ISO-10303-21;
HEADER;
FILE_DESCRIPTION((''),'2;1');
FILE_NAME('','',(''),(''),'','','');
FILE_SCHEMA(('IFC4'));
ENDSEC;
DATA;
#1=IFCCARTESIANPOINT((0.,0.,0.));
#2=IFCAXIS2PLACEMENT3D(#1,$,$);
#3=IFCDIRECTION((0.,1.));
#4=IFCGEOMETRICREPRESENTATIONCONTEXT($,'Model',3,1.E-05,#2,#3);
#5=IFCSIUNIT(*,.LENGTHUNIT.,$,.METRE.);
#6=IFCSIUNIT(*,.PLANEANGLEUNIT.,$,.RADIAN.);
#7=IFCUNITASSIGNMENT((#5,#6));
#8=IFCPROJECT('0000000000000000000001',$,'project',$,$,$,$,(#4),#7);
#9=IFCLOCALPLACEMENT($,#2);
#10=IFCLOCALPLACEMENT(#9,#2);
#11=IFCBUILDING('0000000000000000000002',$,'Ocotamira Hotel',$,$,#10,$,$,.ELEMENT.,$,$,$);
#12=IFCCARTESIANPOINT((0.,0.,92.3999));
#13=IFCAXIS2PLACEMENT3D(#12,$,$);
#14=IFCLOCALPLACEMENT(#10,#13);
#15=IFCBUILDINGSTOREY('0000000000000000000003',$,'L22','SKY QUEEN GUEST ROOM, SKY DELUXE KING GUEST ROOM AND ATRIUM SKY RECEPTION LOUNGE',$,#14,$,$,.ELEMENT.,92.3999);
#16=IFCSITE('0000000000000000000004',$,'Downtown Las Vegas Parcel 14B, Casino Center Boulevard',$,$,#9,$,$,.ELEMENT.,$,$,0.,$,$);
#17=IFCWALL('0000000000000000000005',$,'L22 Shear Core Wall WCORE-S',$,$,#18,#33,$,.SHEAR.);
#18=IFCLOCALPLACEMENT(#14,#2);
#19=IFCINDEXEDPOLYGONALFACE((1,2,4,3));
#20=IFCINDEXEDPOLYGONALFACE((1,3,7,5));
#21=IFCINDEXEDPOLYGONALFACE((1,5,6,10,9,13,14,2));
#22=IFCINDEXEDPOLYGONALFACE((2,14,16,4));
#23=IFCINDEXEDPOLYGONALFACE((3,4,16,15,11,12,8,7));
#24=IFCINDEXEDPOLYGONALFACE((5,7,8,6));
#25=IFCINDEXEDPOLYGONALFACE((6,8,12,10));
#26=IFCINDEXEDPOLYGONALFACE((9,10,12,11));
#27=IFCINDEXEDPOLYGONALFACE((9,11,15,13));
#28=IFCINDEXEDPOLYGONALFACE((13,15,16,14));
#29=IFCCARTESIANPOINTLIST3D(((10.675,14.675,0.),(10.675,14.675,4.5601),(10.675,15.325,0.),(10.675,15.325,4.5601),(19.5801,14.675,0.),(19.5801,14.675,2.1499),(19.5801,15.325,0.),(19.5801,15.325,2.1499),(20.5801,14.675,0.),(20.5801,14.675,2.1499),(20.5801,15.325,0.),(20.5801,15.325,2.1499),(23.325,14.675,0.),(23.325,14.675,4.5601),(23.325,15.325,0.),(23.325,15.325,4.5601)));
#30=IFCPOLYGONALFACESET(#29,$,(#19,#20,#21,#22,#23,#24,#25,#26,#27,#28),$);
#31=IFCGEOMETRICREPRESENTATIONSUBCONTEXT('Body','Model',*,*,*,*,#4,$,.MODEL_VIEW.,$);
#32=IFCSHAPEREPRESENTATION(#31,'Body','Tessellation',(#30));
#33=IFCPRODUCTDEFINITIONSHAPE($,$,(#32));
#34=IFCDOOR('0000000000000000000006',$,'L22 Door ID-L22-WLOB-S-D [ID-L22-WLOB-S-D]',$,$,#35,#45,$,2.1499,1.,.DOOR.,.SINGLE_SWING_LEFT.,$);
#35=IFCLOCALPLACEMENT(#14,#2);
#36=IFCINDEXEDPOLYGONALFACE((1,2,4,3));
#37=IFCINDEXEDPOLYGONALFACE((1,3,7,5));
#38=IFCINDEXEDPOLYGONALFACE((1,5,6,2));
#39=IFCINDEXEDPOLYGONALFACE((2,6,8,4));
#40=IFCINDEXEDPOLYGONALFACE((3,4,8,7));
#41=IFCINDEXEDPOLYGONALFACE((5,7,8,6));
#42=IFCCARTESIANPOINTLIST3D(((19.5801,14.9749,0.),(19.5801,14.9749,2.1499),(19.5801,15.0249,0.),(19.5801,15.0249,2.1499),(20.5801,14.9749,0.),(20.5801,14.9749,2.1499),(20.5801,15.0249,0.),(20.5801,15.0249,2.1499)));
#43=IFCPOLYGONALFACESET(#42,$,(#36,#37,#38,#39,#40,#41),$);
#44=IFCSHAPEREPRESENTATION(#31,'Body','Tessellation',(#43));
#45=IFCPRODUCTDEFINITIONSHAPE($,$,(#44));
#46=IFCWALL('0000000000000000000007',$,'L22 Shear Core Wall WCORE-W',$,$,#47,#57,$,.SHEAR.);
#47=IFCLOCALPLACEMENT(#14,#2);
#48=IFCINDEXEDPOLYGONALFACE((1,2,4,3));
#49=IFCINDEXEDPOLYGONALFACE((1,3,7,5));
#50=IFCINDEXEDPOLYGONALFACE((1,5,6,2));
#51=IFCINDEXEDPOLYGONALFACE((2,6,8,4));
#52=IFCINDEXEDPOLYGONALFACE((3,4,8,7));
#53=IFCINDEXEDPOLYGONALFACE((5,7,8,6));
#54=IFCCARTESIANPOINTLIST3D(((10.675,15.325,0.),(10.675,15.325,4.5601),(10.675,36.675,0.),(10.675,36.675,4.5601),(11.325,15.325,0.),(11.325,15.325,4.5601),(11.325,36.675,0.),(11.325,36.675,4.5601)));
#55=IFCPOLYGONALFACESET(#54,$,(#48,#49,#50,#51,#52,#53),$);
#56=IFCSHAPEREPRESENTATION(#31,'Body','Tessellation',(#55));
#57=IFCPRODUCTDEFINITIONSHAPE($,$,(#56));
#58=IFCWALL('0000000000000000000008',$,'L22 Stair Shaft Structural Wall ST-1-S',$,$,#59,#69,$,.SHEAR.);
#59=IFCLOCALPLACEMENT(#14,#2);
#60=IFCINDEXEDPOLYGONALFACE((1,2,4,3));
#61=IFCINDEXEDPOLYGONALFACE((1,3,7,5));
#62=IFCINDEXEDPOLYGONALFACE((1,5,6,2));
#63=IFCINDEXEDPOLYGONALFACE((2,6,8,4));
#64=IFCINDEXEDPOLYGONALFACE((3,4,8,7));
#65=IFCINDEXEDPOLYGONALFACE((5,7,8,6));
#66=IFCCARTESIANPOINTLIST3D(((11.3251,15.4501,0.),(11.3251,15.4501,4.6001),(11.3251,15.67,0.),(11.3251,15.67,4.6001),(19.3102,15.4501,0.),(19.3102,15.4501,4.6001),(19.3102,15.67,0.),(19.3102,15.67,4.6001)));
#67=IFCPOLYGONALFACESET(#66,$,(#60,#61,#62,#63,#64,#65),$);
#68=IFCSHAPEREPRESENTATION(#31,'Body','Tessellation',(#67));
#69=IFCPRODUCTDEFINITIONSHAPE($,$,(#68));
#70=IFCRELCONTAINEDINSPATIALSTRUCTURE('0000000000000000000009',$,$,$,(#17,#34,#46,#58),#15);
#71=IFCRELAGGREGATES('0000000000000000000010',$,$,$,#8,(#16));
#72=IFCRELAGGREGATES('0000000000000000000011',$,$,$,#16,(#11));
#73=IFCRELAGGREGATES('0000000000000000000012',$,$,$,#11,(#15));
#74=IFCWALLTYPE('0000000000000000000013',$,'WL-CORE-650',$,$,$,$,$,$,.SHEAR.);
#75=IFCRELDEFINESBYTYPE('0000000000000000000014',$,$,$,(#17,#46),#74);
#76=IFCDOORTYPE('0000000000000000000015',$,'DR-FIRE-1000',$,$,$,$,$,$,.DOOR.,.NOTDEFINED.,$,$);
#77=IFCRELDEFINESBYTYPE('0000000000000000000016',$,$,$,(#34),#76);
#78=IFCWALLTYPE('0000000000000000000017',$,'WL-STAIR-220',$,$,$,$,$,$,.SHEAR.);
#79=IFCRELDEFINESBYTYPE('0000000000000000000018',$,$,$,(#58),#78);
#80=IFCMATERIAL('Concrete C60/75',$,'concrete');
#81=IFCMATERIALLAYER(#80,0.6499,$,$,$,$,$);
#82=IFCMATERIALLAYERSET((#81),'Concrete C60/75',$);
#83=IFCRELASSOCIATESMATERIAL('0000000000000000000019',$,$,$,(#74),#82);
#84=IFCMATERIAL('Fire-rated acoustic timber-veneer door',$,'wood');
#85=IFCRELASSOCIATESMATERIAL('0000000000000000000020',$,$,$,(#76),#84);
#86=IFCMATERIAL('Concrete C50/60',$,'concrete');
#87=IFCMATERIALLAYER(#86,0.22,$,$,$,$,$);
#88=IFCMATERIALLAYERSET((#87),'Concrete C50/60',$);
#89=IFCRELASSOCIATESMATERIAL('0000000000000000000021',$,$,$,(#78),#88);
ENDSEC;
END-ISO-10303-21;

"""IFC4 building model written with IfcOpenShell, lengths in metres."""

from ifc_helpers import new_model, si_unit, direction, frame, frame_2d, origin, place, context, subcontext, project, spatial, rectangle, extrude, source, transform, mapped, material, layer, layer_set, type_object, element, fill, save


model = new_model("IFC4")

# Units and contexts
model_context = context("Model", 3, precision=1e-05, world=origin(), true_north=direction((0.0, 1.0)))
body_context = subcontext(model_context, "Body", "Model", "MODEL_VIEW")
ifc_project = project(units=[si_unit("LENGTHUNIT", "METRE"), si_unit("PLANEANGLEUNIT", "RADIAN")], contexts=[model_context])

# Site, building, storey
site_placement = place(None, origin())
site = spatial("IfcSite", under=ifc_project, at=site_placement, Name="Downtown Las Vegas Parcel 14B, Casino Center Boulevard", CompositionType="ELEMENT", RefElevation=0.0)
building_placement = place(site_placement, origin())
building = spatial("IfcBuilding", under=site, at=building_placement, Name="Ocotamira Hotel", CompositionType="ELEMENT")
storey_placement = place(building_placement, frame((0.0, 0.0, 92.3999)))
storey = spatial("IfcBuildingStorey", under=building, at=storey_placement, Name="L22", Description="SKY QUEEN GUEST ROOM, SKY DELUXE KING GUEST ROOM AND ATRIUM SKY RECEPTION LOUNGE", CompositionType="ELEMENT", Elevation=92.3999)

# Wall, opening, door
ifc_material_1 = material(Name="Concrete C60/75", Category="concrete")
ifc_layer_1 = layer(ifc_material_1, 0.6499)
ifc_layer_set_1 = layer_set([ifc_layer_1], Name="Concrete C60/75")
wall_type_1 = type_object("IfcWallType", Name="WL-CORE-650", PredefinedType="SHEAR", material=ifc_layer_set_1)
wall_1_placement = place(storey_placement, frame((10.675, 15.0, 0.0), z_axis=(0.0, 0.0, 1.0), x_axis=(1.0, 0.0, 0.0)))
wall_1 = element("IfcWall", 1, at=wall_1_placement, inside=storey, type_object=wall_type_1, Name="L22 Shear Core Wall WCORE-S", PredefinedType="SHEAR", context=body_context, shape_type="SweptSolid", body=[
    extrude(rectangle(XDim=12.6499, YDim=0.6499, at=frame_2d((6.325, 0.0))), origin(), (0.0, 0.0, 1.0), 4.5601),
])
opening_1_placement = place(wall_1_placement, frame((8.905, 0.0, 0.0)))
opening_1 = element("IfcOpeningElement", 2, at=opening_1_placement, cuts=wall_1, PredefinedType="OPENING", context=body_context, shape_type="SweptSolid", body=[
    extrude(rectangle(XDim=1.0, YDim=2.1499, at=frame_2d((0.5, 1.075))), frame((0.0, 0.335, 0.0), z_axis=(0.0, -1.0, 0.0), x_axis=(1.0, 0.0, 0.0)), (0.0, 0.0, 1.0), 0.6699),
])
ifc_material_2 = material(Name="Fire-rated acoustic timber-veneer door", Category="wood")
door_type_1 = type_object("IfcDoorType", Name="DR-FIRE-1000", OperationType="NOTDEFINED", PredefinedType="DOOR", material=ifc_material_2)
shared_shape_1 = source(origin(), body_context, "Body", "SweptSolid", [
    extrude(rectangle(XDim=1.0, YDim=2.1499, at=frame_2d((0.5, 1.075))), frame((0.0, 0.0249, 0.0), z_axis=(0.0, -1.0, 0.0), x_axis=(1.0, 0.0, 0.0)), (0.0, 0.0, 1.0), 0.05),
])
door_1_placement = place(opening_1_placement, origin())
door_1 = element("IfcDoor", 3, at=door_1_placement, inside=storey, type_object=door_type_1, Name="L22 Door ID-L22-WLOB-S-D [ID-L22-WLOB-S-D]", OperationType="SINGLE_SWING_LEFT", OverallHeight=2.1499, OverallWidth=1.0, PredefinedType="DOOR", context=body_context, shape_type="MappedRepresentation", body=[
    mapped(shared_shape_1, transform((0.0, 0.0, 0.0), scale=1.0)),
])
fill(opening_1, door_1)

# Wall
wall_2_placement = place(storey_placement, frame((11.0, 15.325, 0.0), z_axis=(0.0, 0.0, 1.0), x_axis=(0.0, 1.0, 0.0)))
element("IfcWall", 4, at=wall_2_placement, inside=storey, type_object=wall_type_1, Name="L22 Shear Core Wall WCORE-W", PredefinedType="SHEAR", context=body_context, shape_type="SweptSolid", body=[
    extrude(rectangle(XDim=21.3501, YDim=0.6499, at=frame_2d((10.675, 0.0))), origin(), (0.0, 0.0, 1.0), 4.5601),
])

# Wall
ifc_material_3 = material(Name="Concrete C50/60", Category="concrete")
ifc_layer_2 = layer(ifc_material_3, 0.22)
ifc_layer_set_2 = layer_set([ifc_layer_2], Name="Concrete C50/60")
wall_type_2 = type_object("IfcWallType", Name="WL-STAIR-220", PredefinedType="SHEAR", material=ifc_layer_set_2)
wall_3_placement = place(storey_placement, frame((11.325, 15.5601, 0.0), z_axis=(0.0, 0.0, 1.0), x_axis=(1.0, 0.0, 0.0)))
element("IfcWall", 5, at=wall_3_placement, inside=storey, type_object=wall_type_2, Name="L22 Stair Shaft Structural Wall ST-1-S", PredefinedType="SHEAR", context=body_context, shape_type="SweptSolid", body=[
    extrude(rectangle(XDim=7.9851, YDim=0.22, at=frame_2d((3.9927, 0.0))), origin(), (0.0, 0.0, 1.0), 4.6001),
])

save(model, "model.ifc")
